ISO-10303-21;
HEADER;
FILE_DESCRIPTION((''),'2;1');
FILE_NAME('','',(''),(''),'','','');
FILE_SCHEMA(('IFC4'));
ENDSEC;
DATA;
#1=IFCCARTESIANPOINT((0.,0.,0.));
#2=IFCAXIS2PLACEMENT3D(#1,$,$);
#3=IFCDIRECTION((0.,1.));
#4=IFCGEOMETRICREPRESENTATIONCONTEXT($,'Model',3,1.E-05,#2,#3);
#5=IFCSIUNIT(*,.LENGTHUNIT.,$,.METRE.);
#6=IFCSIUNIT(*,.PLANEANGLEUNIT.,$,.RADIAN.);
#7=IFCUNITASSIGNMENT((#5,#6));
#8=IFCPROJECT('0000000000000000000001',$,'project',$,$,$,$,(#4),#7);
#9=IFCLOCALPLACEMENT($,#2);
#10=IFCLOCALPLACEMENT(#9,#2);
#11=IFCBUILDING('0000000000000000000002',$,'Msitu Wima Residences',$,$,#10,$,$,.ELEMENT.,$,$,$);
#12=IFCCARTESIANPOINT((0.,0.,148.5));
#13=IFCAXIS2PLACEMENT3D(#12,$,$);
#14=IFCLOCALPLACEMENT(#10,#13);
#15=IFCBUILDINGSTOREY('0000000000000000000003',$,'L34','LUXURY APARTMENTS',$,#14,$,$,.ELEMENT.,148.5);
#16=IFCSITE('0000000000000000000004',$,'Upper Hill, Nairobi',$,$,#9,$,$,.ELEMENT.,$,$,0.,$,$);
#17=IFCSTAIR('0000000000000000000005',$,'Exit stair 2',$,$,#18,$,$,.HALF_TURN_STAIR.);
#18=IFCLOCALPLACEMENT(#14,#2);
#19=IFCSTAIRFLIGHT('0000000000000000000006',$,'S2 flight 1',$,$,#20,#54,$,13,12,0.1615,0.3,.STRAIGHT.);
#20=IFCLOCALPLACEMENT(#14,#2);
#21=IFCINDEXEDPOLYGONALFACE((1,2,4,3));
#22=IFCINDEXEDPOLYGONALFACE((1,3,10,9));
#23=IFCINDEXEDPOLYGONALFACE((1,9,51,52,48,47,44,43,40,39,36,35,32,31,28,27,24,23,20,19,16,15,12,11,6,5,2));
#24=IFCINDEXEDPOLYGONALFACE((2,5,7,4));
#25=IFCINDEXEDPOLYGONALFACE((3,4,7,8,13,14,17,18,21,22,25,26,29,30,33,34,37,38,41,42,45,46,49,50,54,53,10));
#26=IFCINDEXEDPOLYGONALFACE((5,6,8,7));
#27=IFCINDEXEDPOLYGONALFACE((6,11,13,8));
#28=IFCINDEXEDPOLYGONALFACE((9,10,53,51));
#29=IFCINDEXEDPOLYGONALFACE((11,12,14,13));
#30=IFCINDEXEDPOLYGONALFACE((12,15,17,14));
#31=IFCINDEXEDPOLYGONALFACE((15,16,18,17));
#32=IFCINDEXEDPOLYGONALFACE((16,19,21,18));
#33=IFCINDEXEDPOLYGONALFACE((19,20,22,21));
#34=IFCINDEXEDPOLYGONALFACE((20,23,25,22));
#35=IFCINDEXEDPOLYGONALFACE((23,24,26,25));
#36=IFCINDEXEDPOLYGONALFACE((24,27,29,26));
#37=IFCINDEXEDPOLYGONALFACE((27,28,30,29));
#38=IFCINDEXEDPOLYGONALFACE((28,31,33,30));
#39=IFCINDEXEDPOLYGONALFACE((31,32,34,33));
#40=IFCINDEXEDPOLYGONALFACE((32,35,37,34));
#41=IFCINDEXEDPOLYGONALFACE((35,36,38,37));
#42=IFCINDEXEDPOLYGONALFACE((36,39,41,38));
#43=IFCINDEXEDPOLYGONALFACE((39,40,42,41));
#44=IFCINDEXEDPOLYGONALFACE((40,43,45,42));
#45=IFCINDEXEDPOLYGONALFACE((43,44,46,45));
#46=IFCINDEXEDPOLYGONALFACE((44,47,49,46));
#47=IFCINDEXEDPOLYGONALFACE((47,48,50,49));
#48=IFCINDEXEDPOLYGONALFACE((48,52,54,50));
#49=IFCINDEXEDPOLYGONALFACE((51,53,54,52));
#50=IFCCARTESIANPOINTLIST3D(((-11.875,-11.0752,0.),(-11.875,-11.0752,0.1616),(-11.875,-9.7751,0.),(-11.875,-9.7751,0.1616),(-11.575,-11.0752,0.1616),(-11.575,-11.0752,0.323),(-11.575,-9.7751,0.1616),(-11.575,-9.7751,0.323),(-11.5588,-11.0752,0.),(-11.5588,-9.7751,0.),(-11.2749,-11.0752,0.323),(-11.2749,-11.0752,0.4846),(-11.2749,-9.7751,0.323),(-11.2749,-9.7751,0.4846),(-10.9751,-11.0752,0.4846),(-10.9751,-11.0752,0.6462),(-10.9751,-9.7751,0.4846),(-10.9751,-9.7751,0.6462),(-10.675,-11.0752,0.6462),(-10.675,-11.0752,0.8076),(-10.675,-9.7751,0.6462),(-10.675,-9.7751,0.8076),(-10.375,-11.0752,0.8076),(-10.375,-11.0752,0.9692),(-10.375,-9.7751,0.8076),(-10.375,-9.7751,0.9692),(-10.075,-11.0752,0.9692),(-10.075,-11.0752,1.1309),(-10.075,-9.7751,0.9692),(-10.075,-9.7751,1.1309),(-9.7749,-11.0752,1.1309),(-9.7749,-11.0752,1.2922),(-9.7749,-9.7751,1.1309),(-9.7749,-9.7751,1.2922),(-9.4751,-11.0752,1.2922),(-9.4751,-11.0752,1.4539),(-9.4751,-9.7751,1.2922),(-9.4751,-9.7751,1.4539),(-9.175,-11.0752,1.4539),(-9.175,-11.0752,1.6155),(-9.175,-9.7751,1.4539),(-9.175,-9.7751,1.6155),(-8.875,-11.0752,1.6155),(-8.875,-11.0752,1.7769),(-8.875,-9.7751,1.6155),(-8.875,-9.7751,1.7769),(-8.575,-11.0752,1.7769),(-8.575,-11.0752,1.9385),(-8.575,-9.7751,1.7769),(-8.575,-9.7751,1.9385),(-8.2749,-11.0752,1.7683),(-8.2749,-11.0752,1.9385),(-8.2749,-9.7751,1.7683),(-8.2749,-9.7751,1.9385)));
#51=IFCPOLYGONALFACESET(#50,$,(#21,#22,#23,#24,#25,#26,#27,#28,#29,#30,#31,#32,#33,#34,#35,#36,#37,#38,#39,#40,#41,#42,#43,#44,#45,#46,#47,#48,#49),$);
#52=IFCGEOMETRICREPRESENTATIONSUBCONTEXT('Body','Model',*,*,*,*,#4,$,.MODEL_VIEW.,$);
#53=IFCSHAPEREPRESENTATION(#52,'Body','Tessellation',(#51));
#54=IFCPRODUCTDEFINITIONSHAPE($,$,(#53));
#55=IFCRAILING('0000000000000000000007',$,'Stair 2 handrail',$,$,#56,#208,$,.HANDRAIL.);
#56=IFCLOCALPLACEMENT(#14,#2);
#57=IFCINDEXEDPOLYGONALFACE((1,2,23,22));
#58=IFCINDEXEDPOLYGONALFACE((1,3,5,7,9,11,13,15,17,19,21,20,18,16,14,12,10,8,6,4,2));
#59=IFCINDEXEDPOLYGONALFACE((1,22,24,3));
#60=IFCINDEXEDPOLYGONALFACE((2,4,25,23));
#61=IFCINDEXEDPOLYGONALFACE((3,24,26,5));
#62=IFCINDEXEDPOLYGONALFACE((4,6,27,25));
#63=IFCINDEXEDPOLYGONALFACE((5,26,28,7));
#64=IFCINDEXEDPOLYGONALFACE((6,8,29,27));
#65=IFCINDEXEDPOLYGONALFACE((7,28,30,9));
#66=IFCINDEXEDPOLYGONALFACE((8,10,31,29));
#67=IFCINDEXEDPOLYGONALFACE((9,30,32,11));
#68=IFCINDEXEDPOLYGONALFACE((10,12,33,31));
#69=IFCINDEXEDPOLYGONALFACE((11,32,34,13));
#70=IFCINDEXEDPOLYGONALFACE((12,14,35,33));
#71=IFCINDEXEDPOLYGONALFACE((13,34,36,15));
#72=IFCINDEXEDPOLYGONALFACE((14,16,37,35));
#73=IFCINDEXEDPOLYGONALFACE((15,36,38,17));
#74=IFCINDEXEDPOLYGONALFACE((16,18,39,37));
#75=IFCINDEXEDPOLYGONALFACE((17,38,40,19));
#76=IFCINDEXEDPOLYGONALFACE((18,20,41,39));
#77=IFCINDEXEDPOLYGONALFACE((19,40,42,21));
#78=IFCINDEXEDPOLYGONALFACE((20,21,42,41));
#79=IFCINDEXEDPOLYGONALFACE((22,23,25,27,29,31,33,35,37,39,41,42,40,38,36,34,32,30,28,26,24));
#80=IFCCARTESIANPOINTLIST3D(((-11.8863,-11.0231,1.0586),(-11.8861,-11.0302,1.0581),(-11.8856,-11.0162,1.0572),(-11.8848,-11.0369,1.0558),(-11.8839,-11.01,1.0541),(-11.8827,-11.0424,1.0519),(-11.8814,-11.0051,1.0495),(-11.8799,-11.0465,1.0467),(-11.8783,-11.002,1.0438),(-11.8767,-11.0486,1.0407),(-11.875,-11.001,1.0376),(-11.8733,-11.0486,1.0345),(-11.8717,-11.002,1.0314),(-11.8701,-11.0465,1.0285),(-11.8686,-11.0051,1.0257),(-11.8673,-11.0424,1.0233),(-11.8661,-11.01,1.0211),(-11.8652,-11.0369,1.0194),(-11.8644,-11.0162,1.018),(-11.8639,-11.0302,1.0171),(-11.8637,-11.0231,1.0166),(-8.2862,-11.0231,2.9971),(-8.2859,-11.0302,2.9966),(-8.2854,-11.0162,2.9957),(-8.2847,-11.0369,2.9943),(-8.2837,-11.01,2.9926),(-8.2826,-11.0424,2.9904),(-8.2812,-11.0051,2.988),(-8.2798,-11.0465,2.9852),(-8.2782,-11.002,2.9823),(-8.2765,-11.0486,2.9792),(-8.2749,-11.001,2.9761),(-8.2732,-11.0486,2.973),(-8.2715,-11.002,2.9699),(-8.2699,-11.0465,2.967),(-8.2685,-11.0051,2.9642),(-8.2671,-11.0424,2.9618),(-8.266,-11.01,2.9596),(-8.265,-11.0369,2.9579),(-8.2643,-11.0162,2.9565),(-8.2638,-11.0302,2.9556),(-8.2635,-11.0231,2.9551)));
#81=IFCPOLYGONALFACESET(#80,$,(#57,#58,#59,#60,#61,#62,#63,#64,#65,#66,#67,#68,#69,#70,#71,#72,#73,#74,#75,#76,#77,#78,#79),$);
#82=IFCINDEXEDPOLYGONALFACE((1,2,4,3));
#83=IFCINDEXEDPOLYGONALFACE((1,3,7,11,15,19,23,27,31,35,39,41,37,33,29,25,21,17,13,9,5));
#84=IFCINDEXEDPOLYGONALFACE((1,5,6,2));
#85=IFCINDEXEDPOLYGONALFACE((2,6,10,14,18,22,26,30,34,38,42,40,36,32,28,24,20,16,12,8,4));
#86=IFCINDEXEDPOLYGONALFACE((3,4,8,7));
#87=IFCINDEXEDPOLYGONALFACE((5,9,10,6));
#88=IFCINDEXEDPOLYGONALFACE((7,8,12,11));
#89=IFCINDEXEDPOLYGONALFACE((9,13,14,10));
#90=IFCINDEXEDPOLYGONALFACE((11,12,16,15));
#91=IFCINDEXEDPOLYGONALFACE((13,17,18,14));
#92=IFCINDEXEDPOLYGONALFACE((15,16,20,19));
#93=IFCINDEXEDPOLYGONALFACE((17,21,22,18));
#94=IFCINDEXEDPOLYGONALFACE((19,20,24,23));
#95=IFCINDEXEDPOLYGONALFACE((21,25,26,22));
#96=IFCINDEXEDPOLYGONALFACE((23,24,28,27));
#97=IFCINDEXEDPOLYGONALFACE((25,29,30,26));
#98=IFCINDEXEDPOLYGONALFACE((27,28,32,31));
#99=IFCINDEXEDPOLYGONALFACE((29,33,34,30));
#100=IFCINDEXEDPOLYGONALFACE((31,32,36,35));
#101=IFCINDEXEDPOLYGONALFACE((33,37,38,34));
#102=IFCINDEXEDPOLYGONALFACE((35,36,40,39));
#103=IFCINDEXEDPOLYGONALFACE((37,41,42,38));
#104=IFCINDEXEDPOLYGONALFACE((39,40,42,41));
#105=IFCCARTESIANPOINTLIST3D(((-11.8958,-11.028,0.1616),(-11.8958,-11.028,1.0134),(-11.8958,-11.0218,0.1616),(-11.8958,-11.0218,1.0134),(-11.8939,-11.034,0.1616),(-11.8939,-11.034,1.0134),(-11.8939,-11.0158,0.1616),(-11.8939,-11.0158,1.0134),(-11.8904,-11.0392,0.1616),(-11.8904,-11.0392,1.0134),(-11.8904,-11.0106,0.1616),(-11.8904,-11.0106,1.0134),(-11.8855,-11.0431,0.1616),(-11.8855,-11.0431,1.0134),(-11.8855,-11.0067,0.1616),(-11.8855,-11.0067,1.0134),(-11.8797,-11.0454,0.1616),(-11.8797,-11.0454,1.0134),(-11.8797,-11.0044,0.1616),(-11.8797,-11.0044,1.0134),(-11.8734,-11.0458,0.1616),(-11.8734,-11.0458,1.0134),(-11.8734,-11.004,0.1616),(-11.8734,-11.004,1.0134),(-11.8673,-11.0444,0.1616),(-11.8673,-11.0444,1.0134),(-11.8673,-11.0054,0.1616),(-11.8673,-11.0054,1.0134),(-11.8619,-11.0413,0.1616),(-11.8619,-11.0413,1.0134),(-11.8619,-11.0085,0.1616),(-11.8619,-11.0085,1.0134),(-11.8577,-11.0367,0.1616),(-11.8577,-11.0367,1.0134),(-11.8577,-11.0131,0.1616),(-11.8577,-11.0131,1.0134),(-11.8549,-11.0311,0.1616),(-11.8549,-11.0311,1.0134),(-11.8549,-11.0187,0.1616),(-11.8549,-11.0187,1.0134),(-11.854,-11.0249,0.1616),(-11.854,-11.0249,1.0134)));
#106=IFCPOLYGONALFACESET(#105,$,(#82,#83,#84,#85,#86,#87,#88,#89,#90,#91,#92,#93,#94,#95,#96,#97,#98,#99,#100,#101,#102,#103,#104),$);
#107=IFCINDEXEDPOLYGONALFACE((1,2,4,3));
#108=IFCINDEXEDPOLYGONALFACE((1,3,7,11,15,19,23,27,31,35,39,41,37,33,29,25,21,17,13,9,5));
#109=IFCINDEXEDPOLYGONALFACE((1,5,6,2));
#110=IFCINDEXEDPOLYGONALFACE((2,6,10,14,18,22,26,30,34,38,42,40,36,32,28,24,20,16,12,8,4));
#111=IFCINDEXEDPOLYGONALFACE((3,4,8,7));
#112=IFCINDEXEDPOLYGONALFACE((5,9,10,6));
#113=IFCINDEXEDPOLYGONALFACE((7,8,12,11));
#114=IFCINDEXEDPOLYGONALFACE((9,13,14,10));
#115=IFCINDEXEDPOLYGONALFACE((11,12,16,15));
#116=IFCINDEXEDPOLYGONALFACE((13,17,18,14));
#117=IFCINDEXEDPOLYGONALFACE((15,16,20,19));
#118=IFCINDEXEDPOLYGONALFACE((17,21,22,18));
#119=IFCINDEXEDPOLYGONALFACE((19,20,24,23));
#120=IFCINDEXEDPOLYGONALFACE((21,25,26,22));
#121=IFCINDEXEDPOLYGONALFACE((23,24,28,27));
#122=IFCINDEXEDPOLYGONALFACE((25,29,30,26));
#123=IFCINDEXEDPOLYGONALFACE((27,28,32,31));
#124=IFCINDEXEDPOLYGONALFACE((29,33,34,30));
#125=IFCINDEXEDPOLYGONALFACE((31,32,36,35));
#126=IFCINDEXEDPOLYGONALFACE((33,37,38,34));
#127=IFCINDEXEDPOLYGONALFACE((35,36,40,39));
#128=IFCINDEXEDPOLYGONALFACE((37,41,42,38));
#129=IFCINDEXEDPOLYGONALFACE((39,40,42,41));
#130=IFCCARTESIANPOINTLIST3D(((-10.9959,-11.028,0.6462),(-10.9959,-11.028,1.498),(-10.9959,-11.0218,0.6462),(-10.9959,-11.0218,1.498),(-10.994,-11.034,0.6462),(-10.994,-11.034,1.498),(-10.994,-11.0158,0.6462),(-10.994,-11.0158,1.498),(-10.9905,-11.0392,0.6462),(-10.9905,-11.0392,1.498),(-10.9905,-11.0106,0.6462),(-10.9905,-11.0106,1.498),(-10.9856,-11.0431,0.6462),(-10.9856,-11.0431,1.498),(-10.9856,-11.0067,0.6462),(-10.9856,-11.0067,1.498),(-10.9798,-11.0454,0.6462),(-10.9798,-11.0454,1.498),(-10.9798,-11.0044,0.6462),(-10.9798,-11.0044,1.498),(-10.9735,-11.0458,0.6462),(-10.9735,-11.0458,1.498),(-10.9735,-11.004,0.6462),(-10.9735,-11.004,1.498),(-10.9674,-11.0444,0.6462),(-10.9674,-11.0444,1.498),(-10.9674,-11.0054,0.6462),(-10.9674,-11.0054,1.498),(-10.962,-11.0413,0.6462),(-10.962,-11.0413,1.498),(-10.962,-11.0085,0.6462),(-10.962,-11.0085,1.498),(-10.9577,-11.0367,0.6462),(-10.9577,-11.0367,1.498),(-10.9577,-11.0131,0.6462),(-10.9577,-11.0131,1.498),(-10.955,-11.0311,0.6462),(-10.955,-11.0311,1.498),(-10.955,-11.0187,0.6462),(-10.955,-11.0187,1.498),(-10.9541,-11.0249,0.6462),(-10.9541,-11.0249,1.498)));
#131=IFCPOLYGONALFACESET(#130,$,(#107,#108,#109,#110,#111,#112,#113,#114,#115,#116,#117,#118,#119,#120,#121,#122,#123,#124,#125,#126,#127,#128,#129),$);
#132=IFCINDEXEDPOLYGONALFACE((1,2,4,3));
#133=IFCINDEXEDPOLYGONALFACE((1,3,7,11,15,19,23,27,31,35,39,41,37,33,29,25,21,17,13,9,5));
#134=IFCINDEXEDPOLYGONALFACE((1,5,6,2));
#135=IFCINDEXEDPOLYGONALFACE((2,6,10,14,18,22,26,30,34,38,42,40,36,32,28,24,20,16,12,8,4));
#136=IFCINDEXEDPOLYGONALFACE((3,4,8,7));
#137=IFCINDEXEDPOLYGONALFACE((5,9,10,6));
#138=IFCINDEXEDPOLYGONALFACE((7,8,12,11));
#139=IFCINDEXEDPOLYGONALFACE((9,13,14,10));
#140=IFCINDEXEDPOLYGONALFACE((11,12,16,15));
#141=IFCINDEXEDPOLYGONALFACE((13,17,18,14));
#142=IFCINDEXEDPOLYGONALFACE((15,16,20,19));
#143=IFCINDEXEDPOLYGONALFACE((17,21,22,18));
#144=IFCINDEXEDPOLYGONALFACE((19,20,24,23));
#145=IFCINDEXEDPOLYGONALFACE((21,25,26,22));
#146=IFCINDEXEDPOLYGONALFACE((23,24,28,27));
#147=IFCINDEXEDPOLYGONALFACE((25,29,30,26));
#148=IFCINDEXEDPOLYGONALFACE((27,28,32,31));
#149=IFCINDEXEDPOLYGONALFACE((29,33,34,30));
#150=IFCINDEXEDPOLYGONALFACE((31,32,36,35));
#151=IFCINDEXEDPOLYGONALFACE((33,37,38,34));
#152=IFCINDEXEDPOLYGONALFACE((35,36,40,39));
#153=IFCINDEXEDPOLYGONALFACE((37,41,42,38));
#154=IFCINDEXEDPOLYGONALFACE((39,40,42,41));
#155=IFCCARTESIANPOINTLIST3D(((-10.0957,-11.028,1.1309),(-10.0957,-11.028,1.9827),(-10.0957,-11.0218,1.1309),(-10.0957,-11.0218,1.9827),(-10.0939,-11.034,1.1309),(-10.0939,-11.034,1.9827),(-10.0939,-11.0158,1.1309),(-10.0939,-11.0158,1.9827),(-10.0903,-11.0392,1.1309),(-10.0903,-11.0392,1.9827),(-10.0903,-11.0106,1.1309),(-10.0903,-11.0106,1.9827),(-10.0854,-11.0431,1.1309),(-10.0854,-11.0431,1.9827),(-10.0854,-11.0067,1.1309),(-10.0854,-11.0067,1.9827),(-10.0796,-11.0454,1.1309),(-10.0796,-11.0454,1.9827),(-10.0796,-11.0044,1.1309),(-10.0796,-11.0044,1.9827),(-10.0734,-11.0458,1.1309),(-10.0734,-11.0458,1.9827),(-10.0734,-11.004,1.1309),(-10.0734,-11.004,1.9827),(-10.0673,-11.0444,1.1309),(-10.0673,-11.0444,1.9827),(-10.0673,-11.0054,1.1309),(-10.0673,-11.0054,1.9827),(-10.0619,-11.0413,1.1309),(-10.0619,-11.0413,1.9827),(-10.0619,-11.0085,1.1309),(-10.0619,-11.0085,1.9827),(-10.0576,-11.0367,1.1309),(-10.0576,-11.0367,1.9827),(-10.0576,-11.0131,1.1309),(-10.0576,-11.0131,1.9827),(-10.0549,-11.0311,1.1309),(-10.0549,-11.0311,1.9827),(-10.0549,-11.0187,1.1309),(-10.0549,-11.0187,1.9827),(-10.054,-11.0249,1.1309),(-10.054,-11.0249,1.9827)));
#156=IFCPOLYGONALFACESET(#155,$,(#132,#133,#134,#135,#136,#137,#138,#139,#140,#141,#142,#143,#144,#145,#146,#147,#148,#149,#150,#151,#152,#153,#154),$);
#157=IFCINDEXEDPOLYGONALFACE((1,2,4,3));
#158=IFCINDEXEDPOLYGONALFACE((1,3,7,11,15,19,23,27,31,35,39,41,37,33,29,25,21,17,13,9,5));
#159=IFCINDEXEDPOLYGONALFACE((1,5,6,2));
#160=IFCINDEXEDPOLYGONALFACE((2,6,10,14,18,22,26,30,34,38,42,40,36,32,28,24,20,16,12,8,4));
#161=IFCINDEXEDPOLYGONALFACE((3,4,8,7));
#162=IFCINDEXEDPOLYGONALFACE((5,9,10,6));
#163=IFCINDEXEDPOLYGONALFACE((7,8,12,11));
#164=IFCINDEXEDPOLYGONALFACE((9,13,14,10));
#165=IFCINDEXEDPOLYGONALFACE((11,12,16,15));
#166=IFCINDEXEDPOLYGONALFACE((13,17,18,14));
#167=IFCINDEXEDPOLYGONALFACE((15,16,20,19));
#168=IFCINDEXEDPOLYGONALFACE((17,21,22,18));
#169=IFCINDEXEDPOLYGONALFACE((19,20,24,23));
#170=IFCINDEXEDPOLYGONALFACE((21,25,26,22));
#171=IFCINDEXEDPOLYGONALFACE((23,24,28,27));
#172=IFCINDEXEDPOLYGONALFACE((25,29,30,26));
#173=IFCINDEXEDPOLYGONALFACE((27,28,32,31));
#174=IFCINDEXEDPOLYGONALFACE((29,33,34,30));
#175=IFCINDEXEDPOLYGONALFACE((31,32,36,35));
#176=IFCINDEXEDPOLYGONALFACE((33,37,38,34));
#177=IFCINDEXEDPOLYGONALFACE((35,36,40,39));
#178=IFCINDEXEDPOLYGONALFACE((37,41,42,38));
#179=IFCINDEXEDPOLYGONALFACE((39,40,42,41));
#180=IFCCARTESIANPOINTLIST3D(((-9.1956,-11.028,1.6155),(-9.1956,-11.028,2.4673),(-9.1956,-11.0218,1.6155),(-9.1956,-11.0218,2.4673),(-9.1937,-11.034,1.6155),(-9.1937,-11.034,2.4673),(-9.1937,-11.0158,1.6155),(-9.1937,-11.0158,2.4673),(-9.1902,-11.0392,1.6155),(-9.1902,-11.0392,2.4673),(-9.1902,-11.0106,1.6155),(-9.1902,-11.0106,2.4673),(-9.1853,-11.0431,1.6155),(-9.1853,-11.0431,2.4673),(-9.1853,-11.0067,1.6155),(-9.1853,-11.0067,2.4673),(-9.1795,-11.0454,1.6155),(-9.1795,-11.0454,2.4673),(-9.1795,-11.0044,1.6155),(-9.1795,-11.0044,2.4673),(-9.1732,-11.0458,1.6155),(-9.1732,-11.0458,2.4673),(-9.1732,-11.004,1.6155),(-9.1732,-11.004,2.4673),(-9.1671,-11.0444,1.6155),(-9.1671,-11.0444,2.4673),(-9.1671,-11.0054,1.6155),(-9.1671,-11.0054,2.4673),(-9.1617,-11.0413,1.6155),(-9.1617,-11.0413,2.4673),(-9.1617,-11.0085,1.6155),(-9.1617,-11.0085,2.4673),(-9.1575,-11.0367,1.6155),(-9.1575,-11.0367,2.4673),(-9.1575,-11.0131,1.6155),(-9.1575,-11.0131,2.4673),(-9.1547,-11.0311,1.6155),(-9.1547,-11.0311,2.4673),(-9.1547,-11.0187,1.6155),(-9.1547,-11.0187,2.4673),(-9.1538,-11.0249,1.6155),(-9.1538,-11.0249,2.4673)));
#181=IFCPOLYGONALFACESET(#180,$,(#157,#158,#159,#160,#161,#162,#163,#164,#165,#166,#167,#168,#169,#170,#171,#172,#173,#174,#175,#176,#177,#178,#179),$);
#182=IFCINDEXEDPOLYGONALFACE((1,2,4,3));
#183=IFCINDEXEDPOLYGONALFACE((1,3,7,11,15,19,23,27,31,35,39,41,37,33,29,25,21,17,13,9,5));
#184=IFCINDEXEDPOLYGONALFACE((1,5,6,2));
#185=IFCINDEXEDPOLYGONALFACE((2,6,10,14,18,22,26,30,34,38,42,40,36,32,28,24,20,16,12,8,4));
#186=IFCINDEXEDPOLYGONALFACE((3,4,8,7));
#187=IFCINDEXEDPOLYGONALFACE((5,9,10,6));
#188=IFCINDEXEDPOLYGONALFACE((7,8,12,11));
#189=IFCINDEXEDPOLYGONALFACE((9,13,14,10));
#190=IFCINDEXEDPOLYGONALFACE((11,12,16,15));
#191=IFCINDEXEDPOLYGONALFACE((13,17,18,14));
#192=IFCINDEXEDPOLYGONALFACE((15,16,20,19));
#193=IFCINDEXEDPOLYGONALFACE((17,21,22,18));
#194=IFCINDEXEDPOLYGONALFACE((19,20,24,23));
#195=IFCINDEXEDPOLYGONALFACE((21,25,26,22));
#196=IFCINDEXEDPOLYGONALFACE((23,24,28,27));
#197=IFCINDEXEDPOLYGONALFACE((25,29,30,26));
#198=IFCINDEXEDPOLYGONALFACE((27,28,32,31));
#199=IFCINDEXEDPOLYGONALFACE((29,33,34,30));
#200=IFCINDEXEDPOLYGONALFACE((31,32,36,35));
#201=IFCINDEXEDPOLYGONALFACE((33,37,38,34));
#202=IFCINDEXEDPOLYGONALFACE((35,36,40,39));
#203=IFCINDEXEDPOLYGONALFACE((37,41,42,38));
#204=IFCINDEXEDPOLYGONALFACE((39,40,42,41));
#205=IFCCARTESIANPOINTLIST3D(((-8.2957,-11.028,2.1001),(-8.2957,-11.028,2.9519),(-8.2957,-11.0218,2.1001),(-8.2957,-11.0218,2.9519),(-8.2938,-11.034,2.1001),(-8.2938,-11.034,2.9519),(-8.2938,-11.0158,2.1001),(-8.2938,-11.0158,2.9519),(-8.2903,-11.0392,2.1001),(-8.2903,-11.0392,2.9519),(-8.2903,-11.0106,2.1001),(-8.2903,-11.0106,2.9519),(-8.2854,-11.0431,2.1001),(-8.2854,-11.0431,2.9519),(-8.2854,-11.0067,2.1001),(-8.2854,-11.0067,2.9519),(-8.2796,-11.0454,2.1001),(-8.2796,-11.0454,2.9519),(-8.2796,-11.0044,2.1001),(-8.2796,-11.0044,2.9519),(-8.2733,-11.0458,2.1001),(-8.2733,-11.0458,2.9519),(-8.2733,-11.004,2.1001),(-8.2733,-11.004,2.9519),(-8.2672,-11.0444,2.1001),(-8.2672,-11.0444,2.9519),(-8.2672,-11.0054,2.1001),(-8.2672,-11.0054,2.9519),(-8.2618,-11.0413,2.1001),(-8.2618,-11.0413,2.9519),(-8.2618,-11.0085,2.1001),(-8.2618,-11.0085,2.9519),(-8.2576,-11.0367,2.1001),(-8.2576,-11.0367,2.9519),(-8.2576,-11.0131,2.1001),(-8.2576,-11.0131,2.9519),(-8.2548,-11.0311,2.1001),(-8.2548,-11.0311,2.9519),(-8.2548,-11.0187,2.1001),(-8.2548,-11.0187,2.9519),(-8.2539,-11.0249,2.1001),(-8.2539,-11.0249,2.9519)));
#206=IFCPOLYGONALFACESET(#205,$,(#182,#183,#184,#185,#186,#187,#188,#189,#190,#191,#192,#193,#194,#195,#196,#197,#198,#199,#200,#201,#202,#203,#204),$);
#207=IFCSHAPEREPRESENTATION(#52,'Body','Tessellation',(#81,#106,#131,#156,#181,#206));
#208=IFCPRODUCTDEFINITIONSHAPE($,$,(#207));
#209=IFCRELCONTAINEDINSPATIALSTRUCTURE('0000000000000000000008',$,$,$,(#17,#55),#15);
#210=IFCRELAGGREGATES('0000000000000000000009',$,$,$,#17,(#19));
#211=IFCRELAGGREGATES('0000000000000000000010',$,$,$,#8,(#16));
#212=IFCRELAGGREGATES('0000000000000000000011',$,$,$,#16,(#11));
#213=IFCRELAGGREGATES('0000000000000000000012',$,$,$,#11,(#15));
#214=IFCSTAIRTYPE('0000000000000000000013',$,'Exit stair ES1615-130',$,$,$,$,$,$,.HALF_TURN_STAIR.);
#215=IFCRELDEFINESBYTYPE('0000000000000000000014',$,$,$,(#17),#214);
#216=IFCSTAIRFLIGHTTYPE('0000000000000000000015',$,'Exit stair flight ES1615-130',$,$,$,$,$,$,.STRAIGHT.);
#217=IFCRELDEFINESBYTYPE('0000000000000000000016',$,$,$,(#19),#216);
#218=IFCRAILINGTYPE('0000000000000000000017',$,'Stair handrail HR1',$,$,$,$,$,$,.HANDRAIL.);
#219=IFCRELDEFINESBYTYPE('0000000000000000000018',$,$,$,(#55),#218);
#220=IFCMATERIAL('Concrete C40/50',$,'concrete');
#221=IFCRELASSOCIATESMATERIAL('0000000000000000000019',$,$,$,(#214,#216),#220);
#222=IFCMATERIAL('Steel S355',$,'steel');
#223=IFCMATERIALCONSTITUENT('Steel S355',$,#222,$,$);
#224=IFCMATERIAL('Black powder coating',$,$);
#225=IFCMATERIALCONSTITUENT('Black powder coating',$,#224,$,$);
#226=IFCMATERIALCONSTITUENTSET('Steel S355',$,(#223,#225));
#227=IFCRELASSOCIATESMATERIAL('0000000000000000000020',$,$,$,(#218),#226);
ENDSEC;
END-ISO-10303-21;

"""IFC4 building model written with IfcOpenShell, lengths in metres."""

from ifc_helpers import new_model, si_unit, direction, frame, origin, origin_2d, place, context, subcontext, project, spatial, polyline, circle, outline, extrude, material, constituent, constituent_set, type_object, element, aggregate, save


model = new_model("IFC4")

# Units and contexts
model_context = context("Model", 3, precision=1e-05, world=origin(), true_north=direction((0.0, 1.0)))
body_context = subcontext(model_context, "Body", "Model", "MODEL_VIEW")
ifc_project = project(units=[si_unit("LENGTHUNIT", "METRE"), si_unit("PLANEANGLEUNIT", "RADIAN")], contexts=[model_context])

# Site, building, storey
site_placement = place(None, origin())
site = spatial("IfcSite", under=ifc_project, at=site_placement, Name="Upper Hill, Nairobi", CompositionType="ELEMENT", RefElevation=0.0)
building_placement = place(site_placement, origin())
building = spatial("IfcBuilding", under=site, at=building_placement, Name="Msitu Wima Residences", CompositionType="ELEMENT")
storey_placement = place(building_placement, frame((0.0, 0.0, 148.5)))
storey = spatial("IfcBuildingStorey", under=building, at=storey_placement, Name="L34", Description="LUXURY APARTMENTS", CompositionType="ELEMENT", Elevation=148.5)

# Stair, stair flight
ifc_material_1 = material(Name="Concrete C40/50", Category="concrete")
stair_type = type_object("IfcStairType", Name="Exit stair ES1615-130", PredefinedType="HALF_TURN_STAIR", material=ifc_material_1)
stair_placement = place(storey_placement, origin())
stair = element("IfcStair", 1, at=stair_placement, inside=storey, type_object=stair_type, Name="Exit stair 2", PredefinedType="HALF_TURN_STAIR")
stair_flight_type = type_object("IfcStairFlightType", Name="Exit stair flight ES1615-130", PredefinedType="STRAIGHT", material=ifc_material_1)
stair_flight_placement = place(storey_placement, frame((-11.875, -10.425, 0.0), z_axis=(0.0, 0.0, 1.0), x_axis=(1.0, 0.0, 0.0)))
stair_flight = element("IfcStairFlight", 2, at=stair_flight_placement, type_object=stair_flight_type, Name="S2 flight 1", NumberOfRisers=13, NumberOfTreads=12, PredefinedType="STRAIGHT", RiserHeight=0.1615, TreadLength=0.3, context=body_context, shape_type="SweptSolid", body=[
    extrude(outline(polyline([(0.0, 0.0), (0.0, 0.1616), (0.3, 0.1616), (0.3, 0.323), (0.6001, 0.323), (0.6001, 0.4846), (0.8999, 0.4846), (0.8999, 0.6462), (1.2, 0.6462), (1.2, 0.8076), (1.5, 0.8076), (1.5, 0.9692), (1.8, 0.9692), (1.8, 1.1309), (2.1001, 1.1309), (2.1001, 1.2922), (2.3999, 1.2922), (2.3999, 1.4539), (2.7, 1.4539), (2.7, 1.6155), (3.0, 1.6155), (3.0, 1.7769), (3.3, 1.7769), (3.3, 1.9385), (3.6001, 1.9385), (3.6001, 2.1001), (3.6001, 1.7683), (0.3162, 0.0), (0.0, 0.0)])), frame((0.0, 0.6499, 0.0), z_axis=(0.0, -1.0, 0.0), x_axis=(1.0, 0.0, 0.0)), (0.0, 0.0, 1.0), 1.3),
])
aggregate(stair, [stair_flight])

# Railing
ifc_material_2 = material(Name="Steel S355", Category="steel")
ifc_constituent_1 = constituent(ifc_material_2, Name="Steel S355")
ifc_material_3 = material(Name="Black powder coating")
ifc_constituent_2 = constituent(ifc_material_3, Name="Black powder coating")
ifc_constituent_set = constituent_set(constituents=[ifc_constituent_1, ifc_constituent_2], Name="Steel S355")
railing_type = type_object("IfcRailingType", Name="Stair handrail HR1", PredefinedType="HANDRAIL", material=ifc_constituent_set)
for number, where, name in (
    (3, (-11.875, -11.0249, 0.1616), "Stair 2 handrail"),
):
    element("IfcRailing", number, at=place(storey_placement, frame(where)), inside=storey, type_object=railing_type, Name=name, PredefinedType="HANDRAIL", context=body_context, shape_type="SweptSolid", body=[
        extrude(circle(Radius=0.0239, at=origin_2d()), frame((0.0, 0.0, 0.876), z_axis=(0.880475, 0.0, 0.474093), x_axis=(0.0, 1.0, 0.0)), (0.0, 0.0, 1.0), 4.0889),
        extrude(circle(Radius=0.021, at=origin_2d()), origin(), (0.0, 0.0, 1.0), 0.8518),
        extrude(circle(Radius=0.021, at=origin_2d()), frame((0.8999, 0.0, 0.4846)), (0.0, 0.0, 1.0), 0.8518),
        extrude(circle(Radius=0.021, at=origin_2d()), frame((1.8, 0.0, 0.9692)), (0.0, 0.0, 1.0), 0.8518),
        extrude(circle(Radius=0.021, at=origin_2d()), frame((2.7002, 0.0, 1.4539)), (0.0, 0.0, 1.0), 0.8518),
        extrude(circle(Radius=0.021, at=origin_2d()), frame((3.6001, 0.0, 1.9385)), (0.0, 0.0, 1.0), 0.8518),
    ])

save(model, "model.ifc")
